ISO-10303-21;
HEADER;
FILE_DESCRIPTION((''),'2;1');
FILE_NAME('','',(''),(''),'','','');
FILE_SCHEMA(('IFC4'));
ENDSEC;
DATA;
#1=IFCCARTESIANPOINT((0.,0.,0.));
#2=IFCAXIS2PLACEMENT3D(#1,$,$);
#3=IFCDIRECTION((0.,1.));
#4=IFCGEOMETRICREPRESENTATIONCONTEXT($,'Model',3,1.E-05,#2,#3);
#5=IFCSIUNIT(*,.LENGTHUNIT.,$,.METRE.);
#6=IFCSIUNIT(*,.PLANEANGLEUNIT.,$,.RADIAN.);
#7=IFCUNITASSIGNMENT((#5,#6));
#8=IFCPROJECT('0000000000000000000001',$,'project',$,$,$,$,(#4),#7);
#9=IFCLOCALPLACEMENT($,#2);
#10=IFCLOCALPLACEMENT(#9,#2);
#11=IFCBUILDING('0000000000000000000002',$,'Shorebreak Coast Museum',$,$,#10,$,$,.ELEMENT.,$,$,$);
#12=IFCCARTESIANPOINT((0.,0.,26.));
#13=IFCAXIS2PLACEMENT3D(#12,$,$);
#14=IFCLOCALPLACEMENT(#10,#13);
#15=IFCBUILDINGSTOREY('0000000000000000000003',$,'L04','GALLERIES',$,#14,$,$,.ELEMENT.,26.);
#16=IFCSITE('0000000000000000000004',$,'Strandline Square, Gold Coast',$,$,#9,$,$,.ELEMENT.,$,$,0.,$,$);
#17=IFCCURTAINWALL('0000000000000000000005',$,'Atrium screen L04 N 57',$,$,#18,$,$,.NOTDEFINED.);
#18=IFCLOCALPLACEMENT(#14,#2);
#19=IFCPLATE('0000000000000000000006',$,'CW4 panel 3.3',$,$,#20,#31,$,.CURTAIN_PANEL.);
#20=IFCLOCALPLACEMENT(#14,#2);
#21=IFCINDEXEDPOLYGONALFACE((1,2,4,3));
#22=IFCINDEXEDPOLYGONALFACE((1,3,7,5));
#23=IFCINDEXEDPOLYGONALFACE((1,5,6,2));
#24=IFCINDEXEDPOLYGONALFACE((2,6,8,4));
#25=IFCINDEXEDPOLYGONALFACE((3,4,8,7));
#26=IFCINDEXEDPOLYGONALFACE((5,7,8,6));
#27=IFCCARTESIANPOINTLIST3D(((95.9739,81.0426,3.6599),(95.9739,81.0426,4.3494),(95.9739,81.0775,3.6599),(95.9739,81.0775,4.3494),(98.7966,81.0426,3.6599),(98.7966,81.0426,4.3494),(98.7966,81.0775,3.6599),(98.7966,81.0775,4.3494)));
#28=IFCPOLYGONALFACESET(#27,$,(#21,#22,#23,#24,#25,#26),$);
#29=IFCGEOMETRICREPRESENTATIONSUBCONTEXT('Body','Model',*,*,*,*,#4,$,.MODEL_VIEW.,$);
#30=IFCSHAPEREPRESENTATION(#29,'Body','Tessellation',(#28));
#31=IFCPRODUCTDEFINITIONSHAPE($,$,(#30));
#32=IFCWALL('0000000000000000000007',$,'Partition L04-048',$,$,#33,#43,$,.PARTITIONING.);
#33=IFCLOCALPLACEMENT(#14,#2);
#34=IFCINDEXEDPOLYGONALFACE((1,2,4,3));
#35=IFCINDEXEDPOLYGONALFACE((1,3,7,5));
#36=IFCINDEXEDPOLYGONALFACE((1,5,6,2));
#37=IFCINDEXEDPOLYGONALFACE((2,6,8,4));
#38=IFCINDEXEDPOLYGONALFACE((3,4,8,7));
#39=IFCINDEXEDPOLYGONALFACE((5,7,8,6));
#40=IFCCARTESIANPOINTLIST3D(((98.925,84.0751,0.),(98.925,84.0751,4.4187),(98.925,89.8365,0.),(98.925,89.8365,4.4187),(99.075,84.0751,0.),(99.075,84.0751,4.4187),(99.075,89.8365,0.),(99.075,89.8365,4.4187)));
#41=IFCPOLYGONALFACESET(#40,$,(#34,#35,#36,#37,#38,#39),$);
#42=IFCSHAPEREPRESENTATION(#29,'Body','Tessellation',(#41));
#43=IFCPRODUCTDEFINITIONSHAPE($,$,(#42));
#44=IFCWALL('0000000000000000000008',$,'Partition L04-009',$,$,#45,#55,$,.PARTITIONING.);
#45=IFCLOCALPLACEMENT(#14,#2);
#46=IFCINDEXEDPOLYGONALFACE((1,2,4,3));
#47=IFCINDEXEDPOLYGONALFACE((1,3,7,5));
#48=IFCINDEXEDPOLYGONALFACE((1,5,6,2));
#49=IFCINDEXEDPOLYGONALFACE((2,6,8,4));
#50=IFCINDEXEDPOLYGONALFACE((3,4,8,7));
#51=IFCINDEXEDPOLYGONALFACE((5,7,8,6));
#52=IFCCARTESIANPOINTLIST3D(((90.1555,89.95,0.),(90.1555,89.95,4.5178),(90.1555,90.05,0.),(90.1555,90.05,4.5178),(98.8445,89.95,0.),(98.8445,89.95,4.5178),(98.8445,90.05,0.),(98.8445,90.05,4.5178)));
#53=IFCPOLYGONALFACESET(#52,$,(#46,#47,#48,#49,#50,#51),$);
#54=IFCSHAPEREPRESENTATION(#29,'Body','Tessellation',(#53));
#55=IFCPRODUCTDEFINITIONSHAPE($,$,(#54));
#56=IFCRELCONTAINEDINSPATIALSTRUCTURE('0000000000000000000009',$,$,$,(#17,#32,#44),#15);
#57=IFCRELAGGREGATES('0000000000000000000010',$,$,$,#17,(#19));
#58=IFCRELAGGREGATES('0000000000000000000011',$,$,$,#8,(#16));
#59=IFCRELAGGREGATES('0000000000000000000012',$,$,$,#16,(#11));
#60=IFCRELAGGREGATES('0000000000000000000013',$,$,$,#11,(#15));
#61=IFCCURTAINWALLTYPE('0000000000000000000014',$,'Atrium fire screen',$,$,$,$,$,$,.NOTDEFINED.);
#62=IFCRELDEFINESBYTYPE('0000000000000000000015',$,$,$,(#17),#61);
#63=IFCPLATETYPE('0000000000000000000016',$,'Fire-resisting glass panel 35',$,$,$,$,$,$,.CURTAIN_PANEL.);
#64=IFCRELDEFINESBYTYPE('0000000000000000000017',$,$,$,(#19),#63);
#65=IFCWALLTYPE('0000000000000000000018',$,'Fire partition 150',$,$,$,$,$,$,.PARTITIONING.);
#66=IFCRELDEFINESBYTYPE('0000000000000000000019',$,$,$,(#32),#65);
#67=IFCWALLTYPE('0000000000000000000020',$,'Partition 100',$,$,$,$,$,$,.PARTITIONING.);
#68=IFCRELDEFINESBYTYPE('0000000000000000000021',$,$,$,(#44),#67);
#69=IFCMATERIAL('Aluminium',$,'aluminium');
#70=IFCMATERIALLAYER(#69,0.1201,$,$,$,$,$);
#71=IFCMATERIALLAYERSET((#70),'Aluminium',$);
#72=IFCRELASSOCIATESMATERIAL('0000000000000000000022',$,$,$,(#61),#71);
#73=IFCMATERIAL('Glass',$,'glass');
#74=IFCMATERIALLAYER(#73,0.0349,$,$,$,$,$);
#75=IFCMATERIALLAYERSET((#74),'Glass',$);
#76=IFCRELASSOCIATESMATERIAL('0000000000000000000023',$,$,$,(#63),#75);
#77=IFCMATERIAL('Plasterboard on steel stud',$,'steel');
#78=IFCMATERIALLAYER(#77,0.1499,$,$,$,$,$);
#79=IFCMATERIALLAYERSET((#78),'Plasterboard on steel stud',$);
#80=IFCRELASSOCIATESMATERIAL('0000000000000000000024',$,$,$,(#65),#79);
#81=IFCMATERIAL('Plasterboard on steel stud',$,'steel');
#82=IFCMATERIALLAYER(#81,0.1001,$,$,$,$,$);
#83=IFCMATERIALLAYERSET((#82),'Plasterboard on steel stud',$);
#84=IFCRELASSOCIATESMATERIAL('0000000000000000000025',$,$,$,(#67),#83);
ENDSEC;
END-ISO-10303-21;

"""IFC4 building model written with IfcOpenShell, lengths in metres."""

from ifc_helpers import new_model, si_unit, direction, frame, frame_2d, origin, origin_2d, place, context, subcontext, project, spatial, rectangle, extrude, material, layer, layer_set, type_object, element, aggregate, save


model = new_model("IFC4")

# Units and contexts
model_context = context("Model", 3, precision=1e-05, world=origin(), true_north=direction((0.0, 1.0)))
body_context = subcontext(model_context, "Body", "Model", "MODEL_VIEW")
ifc_project = project(units=[si_unit("LENGTHUNIT", "METRE"), si_unit("PLANEANGLEUNIT", "RADIAN")], contexts=[model_context])

# Site, building, storey
site_placement = place(None, origin())
site = spatial("IfcSite", under=ifc_project, at=site_placement, Name="Strandline Square, Gold Coast", CompositionType="ELEMENT", RefElevation=0.0)
building_placement = place(site_placement, origin())
building = spatial("IfcBuilding", under=site, at=building_placement, Name="Shorebreak Coast Museum", CompositionType="ELEMENT")
storey_placement = place(building_placement, frame((0.0, 0.0, 26.0)))
storey = spatial("IfcBuildingStorey", under=building, at=storey_placement, Name="L04", Description="GALLERIES", CompositionType="ELEMENT", Elevation=26.0)

# Curtain wall, plate
ifc_material_1 = material(Name="Aluminium", Category="aluminium")
ifc_layer_1 = layer(ifc_material_1, 0.1201)
ifc_layer_set_1 = layer_set([ifc_layer_1], Name="Aluminium")
curtain_wall_type = type_object("IfcCurtainWallType", Name="Atrium fire screen", PredefinedType="NOTDEFINED", material=ifc_layer_set_1)
curtain_wall_placement = place(storey_placement, origin())
curtain_wall = element("IfcCurtainWall", 1, at=curtain_wall_placement, inside=storey, type_object=curtain_wall_type, Name="Atrium screen L04 N 57", PredefinedType="NOTDEFINED")
ifc_material_2 = material(Name="Glass", Category="glass")
ifc_layer_2 = layer(ifc_material_2, 0.0349)
ifc_layer_set_2 = layer_set([ifc_layer_2], Name="Glass")
plate_type = type_object("IfcPlateType", Name="Fire-resisting glass panel 35", PredefinedType="CURTAIN_PANEL", material=ifc_layer_set_2)
plate_1_placement = place(storey_placement, frame((97.3853, 81.0601, 3.6599), z_axis=(0.0, 0.0, 1.0), x_axis=(1.0, 0.0, 0.0)))
plate_1 = element("IfcPlate", 2, at=plate_1_placement, type_object=plate_type, Name="CW4 panel 3.3", PredefinedType="CURTAIN_PANEL", context=body_context, shape_type="SweptSolid", body=[
    extrude(rectangle(XDim=2.8228, YDim=0.0349, at=origin_2d()), origin(), (0.0, 0.0, 1.0), 0.6895),
])
aggregate(curtain_wall, [plate_1])

# Walls
ifc_material_3 = material(Name="Plasterboard on steel stud", Category="steel")
ifc_layer_3 = layer(ifc_material_3, 0.1499)
ifc_layer_set_3 = layer_set([ifc_layer_3], Name="Plasterboard on steel stud")
wall_type_1 = type_object("IfcWallType", Name="Fire partition 150", PredefinedType="PARTITIONING", material=ifc_layer_set_3)
wall_1_placement = place(storey_placement, frame((99.0, 84.075, 0.0), z_axis=(0.0, 0.0, 1.0), x_axis=(0.0, 1.0, 0.0)))
element("IfcWall", 3, at=wall_1_placement, inside=storey, type_object=wall_type_1, Name="Partition L04-048", PredefinedType="PARTITIONING", context=body_context, shape_type="SweptSolid", body=[
    extrude(rectangle(XDim=5.7615, YDim=0.1499, at=frame_2d((2.8809, 0.0))), origin(), (0.0, 0.0, 1.0), 4.4187),
])
ifc_material_4 = material(Name="Plasterboard on steel stud", Category="steel")
ifc_layer_4 = layer(ifc_material_4, 0.1001)
ifc_layer_set_4 = layer_set([ifc_layer_4], Name="Plasterboard on steel stud")
wall_type_2 = type_object("IfcWallType", Name="Partition 100", PredefinedType="PARTITIONING", material=ifc_layer_set_4)
wall_2_placement = place(storey_placement, frame((90.1555, 90.0, 0.0), z_axis=(0.0, 0.0, 1.0), x_axis=(1.0, 0.0, 0.0)))
element("IfcWall", 4, at=wall_2_placement, inside=storey, type_object=wall_type_2, Name="Partition L04-009", PredefinedType="PARTITIONING", context=body_context, shape_type="SweptSolid", body=[
    extrude(rectangle(XDim=8.689, YDim=0.1001, at=frame_2d((4.3445, 0.0))), origin(), (0.0, 0.0, 1.0), 4.5178),
])

save(model, "model.ifc")
